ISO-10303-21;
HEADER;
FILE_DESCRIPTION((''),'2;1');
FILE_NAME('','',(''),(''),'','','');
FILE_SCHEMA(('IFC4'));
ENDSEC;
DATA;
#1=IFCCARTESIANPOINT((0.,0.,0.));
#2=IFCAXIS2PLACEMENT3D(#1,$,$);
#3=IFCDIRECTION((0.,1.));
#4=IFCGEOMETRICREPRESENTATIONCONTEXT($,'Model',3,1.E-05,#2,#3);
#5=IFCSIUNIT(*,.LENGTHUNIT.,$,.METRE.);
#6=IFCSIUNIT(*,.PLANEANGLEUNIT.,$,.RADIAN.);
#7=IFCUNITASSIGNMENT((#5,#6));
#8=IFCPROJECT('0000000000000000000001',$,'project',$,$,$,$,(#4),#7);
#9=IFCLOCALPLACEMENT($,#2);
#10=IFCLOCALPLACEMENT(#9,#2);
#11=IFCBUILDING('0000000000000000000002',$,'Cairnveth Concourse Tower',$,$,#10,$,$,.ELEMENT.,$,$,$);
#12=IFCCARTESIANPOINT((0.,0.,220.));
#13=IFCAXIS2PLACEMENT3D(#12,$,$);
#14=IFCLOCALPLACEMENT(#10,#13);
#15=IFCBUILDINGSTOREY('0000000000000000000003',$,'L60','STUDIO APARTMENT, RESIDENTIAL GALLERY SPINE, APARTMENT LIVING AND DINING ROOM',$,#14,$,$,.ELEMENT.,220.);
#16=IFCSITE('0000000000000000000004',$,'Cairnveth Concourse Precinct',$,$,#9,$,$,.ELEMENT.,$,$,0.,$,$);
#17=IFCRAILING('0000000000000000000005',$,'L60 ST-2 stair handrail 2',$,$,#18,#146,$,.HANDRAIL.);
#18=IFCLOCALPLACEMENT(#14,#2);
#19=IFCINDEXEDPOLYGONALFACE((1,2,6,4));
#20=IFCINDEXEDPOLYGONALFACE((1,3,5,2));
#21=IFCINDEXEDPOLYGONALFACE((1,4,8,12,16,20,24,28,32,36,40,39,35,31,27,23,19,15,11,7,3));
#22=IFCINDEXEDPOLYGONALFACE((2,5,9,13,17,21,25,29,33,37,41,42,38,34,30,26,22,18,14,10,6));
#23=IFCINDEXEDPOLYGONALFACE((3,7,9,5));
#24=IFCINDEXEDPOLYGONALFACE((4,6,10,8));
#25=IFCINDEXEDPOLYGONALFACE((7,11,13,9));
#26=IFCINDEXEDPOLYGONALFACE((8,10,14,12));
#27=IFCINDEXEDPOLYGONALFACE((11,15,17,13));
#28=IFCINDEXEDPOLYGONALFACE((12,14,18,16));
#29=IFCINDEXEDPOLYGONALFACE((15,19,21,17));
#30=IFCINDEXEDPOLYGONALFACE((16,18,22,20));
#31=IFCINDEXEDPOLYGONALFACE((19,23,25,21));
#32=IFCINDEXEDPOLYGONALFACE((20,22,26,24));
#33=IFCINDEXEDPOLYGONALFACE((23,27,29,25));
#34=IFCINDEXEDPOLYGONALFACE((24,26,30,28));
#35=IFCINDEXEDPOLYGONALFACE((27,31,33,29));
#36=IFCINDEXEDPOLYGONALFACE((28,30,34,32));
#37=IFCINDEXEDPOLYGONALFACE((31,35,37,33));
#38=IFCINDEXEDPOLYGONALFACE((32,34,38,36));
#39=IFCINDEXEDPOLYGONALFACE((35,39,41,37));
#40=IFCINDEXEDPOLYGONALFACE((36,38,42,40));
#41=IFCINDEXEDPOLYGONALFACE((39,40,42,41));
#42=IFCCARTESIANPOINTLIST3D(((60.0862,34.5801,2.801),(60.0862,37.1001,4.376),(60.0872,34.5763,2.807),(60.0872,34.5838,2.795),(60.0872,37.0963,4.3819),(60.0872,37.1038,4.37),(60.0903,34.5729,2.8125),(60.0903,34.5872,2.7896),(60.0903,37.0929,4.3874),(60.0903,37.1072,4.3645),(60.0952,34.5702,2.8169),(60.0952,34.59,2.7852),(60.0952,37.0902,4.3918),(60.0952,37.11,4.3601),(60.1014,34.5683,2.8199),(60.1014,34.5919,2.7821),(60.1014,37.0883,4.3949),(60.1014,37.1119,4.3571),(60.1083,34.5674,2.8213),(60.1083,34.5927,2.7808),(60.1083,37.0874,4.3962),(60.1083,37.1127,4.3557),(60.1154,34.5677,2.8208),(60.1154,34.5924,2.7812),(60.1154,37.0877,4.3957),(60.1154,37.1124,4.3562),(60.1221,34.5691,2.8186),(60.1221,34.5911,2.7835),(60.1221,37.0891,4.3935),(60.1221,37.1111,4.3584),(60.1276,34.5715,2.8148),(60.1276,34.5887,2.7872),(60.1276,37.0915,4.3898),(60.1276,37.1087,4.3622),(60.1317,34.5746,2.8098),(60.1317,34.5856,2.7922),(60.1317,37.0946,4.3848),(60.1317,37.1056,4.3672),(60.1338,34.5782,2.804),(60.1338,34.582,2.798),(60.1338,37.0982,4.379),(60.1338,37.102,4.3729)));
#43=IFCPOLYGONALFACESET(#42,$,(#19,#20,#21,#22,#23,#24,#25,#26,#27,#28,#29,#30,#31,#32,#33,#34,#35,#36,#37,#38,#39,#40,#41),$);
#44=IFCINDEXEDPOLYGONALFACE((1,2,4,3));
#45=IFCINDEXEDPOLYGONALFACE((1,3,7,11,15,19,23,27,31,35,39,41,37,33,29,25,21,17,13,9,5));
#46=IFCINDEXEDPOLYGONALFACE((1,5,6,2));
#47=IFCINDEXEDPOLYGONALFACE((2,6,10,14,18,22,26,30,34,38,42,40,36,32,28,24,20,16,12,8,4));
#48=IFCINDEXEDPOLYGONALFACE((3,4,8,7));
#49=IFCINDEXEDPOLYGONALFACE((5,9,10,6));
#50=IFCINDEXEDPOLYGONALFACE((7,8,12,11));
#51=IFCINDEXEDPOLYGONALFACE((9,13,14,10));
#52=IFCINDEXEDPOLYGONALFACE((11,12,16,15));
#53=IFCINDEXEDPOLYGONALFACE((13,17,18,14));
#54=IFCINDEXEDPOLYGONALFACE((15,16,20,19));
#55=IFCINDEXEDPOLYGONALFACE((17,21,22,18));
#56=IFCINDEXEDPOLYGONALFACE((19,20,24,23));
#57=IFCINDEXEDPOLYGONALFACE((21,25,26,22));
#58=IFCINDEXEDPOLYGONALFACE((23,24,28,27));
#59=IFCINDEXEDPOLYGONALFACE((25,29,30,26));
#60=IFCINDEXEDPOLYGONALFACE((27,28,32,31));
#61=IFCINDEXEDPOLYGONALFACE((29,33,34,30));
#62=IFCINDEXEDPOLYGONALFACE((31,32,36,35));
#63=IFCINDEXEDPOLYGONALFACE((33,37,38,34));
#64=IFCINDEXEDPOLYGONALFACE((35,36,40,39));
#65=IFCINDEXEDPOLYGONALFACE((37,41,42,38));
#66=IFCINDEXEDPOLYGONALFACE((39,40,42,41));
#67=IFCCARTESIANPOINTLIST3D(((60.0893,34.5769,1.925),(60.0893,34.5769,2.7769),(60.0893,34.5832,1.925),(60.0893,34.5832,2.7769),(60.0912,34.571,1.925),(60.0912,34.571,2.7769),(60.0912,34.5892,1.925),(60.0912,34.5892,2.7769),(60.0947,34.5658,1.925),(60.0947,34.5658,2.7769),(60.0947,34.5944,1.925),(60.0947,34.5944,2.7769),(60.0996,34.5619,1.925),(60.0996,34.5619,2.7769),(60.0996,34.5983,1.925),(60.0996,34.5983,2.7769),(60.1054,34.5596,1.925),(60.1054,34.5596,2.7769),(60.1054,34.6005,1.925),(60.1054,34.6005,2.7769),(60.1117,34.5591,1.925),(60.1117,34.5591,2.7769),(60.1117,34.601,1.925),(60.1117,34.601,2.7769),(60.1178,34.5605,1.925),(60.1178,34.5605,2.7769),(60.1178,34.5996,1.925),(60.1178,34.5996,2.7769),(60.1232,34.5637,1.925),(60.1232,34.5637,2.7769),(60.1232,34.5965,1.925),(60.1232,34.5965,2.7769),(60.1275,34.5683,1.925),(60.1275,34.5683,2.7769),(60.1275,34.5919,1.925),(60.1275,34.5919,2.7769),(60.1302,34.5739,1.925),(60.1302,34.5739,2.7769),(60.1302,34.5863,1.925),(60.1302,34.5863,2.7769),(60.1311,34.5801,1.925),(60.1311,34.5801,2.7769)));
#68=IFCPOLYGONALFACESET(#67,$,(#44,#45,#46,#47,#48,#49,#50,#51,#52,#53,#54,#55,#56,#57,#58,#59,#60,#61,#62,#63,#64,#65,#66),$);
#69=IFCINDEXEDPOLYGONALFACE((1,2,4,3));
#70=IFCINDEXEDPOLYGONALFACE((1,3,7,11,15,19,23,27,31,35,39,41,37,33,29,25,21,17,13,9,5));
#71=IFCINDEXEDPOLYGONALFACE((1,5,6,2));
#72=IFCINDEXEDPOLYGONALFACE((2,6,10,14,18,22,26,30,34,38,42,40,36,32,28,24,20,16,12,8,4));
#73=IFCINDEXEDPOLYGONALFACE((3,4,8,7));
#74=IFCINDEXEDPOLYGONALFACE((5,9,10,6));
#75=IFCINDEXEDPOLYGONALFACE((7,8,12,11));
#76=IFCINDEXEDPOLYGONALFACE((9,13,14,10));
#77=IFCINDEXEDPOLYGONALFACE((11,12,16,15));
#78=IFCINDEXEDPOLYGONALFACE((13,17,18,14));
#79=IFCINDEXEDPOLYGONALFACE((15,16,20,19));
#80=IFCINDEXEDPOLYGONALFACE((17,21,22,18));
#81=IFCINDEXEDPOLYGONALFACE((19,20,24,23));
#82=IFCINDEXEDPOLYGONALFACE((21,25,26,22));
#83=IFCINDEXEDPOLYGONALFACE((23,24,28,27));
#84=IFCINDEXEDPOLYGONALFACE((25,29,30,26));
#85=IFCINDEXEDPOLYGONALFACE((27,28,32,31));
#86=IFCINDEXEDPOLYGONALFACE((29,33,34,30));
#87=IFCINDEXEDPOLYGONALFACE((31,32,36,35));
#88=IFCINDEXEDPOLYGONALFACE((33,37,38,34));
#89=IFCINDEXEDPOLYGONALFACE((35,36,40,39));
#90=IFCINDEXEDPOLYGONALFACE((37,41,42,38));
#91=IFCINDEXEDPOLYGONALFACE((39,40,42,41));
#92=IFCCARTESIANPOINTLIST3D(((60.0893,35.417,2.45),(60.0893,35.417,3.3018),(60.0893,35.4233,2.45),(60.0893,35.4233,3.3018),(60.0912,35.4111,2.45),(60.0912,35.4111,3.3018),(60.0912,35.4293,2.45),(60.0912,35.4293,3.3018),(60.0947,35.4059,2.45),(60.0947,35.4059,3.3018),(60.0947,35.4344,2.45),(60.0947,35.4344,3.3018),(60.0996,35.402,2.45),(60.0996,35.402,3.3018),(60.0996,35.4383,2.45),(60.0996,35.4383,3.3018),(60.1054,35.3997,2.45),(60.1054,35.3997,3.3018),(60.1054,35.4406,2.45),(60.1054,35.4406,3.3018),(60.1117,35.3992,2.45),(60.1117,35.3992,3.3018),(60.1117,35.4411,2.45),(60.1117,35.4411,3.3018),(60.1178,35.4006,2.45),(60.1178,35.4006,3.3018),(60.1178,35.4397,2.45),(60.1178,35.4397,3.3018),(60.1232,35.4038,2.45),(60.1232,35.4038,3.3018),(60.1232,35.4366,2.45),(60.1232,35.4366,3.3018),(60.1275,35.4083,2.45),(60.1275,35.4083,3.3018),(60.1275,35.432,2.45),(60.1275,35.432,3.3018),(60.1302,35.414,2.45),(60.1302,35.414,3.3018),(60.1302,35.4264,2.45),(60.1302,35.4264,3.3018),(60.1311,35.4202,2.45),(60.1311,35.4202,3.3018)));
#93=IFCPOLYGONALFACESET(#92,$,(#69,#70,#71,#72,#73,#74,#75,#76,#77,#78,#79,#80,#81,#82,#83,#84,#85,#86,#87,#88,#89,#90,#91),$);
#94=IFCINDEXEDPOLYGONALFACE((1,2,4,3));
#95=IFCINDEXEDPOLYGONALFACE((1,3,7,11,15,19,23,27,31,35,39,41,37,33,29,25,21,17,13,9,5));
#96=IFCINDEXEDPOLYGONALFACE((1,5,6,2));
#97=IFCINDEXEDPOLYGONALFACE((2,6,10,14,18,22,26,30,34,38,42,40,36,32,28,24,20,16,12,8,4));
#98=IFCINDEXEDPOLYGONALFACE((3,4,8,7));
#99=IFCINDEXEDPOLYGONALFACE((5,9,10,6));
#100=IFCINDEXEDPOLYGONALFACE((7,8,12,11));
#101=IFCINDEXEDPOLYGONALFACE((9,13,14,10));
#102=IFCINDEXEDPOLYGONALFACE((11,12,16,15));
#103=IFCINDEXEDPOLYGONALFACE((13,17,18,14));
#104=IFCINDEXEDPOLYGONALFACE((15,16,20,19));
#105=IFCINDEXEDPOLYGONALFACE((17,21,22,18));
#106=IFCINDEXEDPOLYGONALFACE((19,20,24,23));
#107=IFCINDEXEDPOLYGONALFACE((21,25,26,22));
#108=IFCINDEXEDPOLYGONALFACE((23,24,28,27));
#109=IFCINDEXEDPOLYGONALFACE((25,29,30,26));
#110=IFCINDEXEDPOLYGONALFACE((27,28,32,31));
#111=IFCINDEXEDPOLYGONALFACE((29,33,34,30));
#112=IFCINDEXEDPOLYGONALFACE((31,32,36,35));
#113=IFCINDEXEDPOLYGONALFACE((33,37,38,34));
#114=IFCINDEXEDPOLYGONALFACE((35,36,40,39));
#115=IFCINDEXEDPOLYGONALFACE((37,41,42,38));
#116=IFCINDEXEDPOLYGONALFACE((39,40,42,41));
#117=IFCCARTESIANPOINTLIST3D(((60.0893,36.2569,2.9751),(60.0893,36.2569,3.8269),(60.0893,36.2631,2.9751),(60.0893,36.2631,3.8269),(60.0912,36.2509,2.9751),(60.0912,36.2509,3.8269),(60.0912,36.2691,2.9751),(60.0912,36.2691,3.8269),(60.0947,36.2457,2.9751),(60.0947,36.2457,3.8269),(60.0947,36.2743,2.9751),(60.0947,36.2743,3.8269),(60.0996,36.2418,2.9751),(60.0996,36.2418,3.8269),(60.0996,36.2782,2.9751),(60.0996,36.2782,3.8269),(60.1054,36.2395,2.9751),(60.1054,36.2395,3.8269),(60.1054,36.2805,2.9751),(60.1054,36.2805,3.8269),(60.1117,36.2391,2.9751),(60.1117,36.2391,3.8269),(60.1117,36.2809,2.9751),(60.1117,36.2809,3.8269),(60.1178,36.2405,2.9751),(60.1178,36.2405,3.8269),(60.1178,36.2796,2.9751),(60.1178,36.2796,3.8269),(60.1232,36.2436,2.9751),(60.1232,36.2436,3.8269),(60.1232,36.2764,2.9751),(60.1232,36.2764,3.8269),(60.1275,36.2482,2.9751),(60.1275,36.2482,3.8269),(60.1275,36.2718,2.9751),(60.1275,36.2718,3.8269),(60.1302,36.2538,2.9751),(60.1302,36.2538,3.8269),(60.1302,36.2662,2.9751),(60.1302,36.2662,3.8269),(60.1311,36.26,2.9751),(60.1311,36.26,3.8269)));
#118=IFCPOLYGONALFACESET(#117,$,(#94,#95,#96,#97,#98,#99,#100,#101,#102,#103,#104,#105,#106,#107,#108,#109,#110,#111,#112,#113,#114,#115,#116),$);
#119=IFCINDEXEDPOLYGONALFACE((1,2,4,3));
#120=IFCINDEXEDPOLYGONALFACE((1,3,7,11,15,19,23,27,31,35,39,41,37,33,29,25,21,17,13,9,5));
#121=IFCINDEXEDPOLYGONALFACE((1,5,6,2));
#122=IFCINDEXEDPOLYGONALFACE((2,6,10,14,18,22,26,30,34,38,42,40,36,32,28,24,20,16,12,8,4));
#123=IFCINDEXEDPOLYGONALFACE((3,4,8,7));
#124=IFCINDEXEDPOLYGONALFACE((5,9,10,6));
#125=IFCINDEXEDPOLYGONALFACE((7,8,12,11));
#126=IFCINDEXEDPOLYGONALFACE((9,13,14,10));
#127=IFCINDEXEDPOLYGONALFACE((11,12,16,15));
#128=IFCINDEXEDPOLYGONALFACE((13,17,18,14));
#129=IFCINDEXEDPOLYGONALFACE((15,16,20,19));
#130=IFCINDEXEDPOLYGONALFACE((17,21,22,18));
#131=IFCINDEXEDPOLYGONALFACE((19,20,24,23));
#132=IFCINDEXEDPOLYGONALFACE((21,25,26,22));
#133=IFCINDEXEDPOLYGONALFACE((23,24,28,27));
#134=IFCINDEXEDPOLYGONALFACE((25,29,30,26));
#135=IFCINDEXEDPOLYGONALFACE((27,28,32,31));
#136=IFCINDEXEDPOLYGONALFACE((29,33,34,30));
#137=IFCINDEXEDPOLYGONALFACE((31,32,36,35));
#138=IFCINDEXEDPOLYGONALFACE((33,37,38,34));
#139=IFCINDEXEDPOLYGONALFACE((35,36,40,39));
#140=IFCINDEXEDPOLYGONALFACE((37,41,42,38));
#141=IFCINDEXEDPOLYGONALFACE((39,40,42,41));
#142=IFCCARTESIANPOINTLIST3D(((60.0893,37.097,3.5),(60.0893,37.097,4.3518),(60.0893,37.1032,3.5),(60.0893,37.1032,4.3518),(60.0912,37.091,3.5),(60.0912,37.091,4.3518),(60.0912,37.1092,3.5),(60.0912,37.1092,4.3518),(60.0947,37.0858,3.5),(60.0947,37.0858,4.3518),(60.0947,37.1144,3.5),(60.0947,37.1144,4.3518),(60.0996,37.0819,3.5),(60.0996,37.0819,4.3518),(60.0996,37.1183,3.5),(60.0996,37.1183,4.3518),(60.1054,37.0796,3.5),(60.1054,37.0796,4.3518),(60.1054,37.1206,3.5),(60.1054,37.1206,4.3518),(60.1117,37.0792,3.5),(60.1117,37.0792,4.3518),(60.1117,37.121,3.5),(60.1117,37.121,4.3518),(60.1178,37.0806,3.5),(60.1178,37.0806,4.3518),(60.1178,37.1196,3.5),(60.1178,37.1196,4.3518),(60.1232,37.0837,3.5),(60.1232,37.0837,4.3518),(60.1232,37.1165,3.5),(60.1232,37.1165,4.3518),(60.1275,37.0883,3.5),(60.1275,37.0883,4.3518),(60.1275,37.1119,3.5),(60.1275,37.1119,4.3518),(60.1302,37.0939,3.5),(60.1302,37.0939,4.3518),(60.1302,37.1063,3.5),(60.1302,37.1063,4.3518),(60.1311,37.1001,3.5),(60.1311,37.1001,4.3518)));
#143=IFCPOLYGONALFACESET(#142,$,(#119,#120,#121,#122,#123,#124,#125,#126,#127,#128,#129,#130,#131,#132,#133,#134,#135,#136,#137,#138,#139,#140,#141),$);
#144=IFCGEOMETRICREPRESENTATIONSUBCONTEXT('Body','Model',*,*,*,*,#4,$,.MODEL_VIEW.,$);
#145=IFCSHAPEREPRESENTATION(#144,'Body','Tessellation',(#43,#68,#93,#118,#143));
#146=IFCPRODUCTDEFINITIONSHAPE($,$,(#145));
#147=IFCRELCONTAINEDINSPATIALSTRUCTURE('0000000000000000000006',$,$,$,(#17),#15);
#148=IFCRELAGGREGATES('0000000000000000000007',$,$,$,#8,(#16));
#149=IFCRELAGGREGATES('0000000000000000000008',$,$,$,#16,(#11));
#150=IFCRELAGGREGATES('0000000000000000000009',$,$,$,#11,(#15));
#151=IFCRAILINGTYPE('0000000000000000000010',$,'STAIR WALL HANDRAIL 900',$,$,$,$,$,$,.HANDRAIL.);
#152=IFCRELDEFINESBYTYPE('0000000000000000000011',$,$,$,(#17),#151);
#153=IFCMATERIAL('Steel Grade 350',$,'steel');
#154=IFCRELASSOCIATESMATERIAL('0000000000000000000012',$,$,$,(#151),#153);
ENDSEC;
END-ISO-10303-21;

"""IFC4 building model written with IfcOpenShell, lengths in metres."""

from ifc_helpers import new_model, si_unit, direction, frame, origin, origin_2d, place, context, subcontext, project, spatial, circle, extrude, material, type_object, element, save


model = new_model("IFC4")

# Units and contexts
model_context = context("Model", 3, precision=1e-05, world=origin(), true_north=direction((0.0, 1.0)))
body_context = subcontext(model_context, "Body", "Model", "MODEL_VIEW")
ifc_project = project(units=[si_unit("LENGTHUNIT", "METRE"), si_unit("PLANEANGLEUNIT", "RADIAN")], contexts=[model_context])

# Site, building, storey
site_placement = place(None, origin())
site = spatial("IfcSite", under=ifc_project, at=site_placement, Name="Cairnveth Concourse Precinct", CompositionType="ELEMENT", RefElevation=0.0)
building_placement = place(site_placement, origin())
building = spatial("IfcBuilding", under=site, at=building_placement, Name="Cairnveth Concourse Tower", CompositionType="ELEMENT")
storey_placement = place(building_placement, frame((0.0, 0.0, 220.0)))
storey = spatial("IfcBuildingStorey", under=building, at=storey_placement, Name="L60", Description="STUDIO APARTMENT, RESIDENTIAL GALLERY SPINE, APARTMENT LIVING AND DINING ROOM", CompositionType="ELEMENT", Elevation=220.0)

# Shared definitions
ifc_material_1 = material(Name="Steel Grade 350", Category="steel")

# Railing
railing_type_1 = type_object("IfcRailingType", Name="STAIR WALL HANDRAIL 900", PredefinedType="HANDRAIL", material=ifc_material_1)
railing_1_placement = place(storey_placement, frame((60.1101, 34.5801, 1.925)))
element("IfcRailing", 1, at=railing_1_placement, inside=storey, type_object=railing_type_1, Name="L60 ST-2 stair handrail 2", PredefinedType="HANDRAIL", context=body_context, shape_type="SweptSolid", body=[
    extrude(circle(Radius=0.0239, at=origin_2d()), frame((0.0, 0.0, 0.876), z_axis=(0.0, 0.848008, 0.529984), x_axis=(-1.0, 0.0, 0.0)), (0.0, 0.0, 1.0), 2.9717),
    extrude(circle(Radius=0.021, at=origin_2d()), origin(), (0.0, 0.0, 1.0), 0.8518),
    extrude(circle(Radius=0.021, at=origin_2d()), frame((0.0, 0.8401, 0.5249)), (0.0, 0.0, 1.0), 0.8518),
    extrude(circle(Radius=0.021, at=origin_2d()), frame((0.0, 1.6799, 1.05)), (0.0, 0.0, 1.0), 0.8518),
    extrude(circle(Radius=0.021, at=origin_2d()), frame((0.0, 2.52, 1.575)), (0.0, 0.0, 1.0), 0.8518),
])

save(model, "model.ifc")
